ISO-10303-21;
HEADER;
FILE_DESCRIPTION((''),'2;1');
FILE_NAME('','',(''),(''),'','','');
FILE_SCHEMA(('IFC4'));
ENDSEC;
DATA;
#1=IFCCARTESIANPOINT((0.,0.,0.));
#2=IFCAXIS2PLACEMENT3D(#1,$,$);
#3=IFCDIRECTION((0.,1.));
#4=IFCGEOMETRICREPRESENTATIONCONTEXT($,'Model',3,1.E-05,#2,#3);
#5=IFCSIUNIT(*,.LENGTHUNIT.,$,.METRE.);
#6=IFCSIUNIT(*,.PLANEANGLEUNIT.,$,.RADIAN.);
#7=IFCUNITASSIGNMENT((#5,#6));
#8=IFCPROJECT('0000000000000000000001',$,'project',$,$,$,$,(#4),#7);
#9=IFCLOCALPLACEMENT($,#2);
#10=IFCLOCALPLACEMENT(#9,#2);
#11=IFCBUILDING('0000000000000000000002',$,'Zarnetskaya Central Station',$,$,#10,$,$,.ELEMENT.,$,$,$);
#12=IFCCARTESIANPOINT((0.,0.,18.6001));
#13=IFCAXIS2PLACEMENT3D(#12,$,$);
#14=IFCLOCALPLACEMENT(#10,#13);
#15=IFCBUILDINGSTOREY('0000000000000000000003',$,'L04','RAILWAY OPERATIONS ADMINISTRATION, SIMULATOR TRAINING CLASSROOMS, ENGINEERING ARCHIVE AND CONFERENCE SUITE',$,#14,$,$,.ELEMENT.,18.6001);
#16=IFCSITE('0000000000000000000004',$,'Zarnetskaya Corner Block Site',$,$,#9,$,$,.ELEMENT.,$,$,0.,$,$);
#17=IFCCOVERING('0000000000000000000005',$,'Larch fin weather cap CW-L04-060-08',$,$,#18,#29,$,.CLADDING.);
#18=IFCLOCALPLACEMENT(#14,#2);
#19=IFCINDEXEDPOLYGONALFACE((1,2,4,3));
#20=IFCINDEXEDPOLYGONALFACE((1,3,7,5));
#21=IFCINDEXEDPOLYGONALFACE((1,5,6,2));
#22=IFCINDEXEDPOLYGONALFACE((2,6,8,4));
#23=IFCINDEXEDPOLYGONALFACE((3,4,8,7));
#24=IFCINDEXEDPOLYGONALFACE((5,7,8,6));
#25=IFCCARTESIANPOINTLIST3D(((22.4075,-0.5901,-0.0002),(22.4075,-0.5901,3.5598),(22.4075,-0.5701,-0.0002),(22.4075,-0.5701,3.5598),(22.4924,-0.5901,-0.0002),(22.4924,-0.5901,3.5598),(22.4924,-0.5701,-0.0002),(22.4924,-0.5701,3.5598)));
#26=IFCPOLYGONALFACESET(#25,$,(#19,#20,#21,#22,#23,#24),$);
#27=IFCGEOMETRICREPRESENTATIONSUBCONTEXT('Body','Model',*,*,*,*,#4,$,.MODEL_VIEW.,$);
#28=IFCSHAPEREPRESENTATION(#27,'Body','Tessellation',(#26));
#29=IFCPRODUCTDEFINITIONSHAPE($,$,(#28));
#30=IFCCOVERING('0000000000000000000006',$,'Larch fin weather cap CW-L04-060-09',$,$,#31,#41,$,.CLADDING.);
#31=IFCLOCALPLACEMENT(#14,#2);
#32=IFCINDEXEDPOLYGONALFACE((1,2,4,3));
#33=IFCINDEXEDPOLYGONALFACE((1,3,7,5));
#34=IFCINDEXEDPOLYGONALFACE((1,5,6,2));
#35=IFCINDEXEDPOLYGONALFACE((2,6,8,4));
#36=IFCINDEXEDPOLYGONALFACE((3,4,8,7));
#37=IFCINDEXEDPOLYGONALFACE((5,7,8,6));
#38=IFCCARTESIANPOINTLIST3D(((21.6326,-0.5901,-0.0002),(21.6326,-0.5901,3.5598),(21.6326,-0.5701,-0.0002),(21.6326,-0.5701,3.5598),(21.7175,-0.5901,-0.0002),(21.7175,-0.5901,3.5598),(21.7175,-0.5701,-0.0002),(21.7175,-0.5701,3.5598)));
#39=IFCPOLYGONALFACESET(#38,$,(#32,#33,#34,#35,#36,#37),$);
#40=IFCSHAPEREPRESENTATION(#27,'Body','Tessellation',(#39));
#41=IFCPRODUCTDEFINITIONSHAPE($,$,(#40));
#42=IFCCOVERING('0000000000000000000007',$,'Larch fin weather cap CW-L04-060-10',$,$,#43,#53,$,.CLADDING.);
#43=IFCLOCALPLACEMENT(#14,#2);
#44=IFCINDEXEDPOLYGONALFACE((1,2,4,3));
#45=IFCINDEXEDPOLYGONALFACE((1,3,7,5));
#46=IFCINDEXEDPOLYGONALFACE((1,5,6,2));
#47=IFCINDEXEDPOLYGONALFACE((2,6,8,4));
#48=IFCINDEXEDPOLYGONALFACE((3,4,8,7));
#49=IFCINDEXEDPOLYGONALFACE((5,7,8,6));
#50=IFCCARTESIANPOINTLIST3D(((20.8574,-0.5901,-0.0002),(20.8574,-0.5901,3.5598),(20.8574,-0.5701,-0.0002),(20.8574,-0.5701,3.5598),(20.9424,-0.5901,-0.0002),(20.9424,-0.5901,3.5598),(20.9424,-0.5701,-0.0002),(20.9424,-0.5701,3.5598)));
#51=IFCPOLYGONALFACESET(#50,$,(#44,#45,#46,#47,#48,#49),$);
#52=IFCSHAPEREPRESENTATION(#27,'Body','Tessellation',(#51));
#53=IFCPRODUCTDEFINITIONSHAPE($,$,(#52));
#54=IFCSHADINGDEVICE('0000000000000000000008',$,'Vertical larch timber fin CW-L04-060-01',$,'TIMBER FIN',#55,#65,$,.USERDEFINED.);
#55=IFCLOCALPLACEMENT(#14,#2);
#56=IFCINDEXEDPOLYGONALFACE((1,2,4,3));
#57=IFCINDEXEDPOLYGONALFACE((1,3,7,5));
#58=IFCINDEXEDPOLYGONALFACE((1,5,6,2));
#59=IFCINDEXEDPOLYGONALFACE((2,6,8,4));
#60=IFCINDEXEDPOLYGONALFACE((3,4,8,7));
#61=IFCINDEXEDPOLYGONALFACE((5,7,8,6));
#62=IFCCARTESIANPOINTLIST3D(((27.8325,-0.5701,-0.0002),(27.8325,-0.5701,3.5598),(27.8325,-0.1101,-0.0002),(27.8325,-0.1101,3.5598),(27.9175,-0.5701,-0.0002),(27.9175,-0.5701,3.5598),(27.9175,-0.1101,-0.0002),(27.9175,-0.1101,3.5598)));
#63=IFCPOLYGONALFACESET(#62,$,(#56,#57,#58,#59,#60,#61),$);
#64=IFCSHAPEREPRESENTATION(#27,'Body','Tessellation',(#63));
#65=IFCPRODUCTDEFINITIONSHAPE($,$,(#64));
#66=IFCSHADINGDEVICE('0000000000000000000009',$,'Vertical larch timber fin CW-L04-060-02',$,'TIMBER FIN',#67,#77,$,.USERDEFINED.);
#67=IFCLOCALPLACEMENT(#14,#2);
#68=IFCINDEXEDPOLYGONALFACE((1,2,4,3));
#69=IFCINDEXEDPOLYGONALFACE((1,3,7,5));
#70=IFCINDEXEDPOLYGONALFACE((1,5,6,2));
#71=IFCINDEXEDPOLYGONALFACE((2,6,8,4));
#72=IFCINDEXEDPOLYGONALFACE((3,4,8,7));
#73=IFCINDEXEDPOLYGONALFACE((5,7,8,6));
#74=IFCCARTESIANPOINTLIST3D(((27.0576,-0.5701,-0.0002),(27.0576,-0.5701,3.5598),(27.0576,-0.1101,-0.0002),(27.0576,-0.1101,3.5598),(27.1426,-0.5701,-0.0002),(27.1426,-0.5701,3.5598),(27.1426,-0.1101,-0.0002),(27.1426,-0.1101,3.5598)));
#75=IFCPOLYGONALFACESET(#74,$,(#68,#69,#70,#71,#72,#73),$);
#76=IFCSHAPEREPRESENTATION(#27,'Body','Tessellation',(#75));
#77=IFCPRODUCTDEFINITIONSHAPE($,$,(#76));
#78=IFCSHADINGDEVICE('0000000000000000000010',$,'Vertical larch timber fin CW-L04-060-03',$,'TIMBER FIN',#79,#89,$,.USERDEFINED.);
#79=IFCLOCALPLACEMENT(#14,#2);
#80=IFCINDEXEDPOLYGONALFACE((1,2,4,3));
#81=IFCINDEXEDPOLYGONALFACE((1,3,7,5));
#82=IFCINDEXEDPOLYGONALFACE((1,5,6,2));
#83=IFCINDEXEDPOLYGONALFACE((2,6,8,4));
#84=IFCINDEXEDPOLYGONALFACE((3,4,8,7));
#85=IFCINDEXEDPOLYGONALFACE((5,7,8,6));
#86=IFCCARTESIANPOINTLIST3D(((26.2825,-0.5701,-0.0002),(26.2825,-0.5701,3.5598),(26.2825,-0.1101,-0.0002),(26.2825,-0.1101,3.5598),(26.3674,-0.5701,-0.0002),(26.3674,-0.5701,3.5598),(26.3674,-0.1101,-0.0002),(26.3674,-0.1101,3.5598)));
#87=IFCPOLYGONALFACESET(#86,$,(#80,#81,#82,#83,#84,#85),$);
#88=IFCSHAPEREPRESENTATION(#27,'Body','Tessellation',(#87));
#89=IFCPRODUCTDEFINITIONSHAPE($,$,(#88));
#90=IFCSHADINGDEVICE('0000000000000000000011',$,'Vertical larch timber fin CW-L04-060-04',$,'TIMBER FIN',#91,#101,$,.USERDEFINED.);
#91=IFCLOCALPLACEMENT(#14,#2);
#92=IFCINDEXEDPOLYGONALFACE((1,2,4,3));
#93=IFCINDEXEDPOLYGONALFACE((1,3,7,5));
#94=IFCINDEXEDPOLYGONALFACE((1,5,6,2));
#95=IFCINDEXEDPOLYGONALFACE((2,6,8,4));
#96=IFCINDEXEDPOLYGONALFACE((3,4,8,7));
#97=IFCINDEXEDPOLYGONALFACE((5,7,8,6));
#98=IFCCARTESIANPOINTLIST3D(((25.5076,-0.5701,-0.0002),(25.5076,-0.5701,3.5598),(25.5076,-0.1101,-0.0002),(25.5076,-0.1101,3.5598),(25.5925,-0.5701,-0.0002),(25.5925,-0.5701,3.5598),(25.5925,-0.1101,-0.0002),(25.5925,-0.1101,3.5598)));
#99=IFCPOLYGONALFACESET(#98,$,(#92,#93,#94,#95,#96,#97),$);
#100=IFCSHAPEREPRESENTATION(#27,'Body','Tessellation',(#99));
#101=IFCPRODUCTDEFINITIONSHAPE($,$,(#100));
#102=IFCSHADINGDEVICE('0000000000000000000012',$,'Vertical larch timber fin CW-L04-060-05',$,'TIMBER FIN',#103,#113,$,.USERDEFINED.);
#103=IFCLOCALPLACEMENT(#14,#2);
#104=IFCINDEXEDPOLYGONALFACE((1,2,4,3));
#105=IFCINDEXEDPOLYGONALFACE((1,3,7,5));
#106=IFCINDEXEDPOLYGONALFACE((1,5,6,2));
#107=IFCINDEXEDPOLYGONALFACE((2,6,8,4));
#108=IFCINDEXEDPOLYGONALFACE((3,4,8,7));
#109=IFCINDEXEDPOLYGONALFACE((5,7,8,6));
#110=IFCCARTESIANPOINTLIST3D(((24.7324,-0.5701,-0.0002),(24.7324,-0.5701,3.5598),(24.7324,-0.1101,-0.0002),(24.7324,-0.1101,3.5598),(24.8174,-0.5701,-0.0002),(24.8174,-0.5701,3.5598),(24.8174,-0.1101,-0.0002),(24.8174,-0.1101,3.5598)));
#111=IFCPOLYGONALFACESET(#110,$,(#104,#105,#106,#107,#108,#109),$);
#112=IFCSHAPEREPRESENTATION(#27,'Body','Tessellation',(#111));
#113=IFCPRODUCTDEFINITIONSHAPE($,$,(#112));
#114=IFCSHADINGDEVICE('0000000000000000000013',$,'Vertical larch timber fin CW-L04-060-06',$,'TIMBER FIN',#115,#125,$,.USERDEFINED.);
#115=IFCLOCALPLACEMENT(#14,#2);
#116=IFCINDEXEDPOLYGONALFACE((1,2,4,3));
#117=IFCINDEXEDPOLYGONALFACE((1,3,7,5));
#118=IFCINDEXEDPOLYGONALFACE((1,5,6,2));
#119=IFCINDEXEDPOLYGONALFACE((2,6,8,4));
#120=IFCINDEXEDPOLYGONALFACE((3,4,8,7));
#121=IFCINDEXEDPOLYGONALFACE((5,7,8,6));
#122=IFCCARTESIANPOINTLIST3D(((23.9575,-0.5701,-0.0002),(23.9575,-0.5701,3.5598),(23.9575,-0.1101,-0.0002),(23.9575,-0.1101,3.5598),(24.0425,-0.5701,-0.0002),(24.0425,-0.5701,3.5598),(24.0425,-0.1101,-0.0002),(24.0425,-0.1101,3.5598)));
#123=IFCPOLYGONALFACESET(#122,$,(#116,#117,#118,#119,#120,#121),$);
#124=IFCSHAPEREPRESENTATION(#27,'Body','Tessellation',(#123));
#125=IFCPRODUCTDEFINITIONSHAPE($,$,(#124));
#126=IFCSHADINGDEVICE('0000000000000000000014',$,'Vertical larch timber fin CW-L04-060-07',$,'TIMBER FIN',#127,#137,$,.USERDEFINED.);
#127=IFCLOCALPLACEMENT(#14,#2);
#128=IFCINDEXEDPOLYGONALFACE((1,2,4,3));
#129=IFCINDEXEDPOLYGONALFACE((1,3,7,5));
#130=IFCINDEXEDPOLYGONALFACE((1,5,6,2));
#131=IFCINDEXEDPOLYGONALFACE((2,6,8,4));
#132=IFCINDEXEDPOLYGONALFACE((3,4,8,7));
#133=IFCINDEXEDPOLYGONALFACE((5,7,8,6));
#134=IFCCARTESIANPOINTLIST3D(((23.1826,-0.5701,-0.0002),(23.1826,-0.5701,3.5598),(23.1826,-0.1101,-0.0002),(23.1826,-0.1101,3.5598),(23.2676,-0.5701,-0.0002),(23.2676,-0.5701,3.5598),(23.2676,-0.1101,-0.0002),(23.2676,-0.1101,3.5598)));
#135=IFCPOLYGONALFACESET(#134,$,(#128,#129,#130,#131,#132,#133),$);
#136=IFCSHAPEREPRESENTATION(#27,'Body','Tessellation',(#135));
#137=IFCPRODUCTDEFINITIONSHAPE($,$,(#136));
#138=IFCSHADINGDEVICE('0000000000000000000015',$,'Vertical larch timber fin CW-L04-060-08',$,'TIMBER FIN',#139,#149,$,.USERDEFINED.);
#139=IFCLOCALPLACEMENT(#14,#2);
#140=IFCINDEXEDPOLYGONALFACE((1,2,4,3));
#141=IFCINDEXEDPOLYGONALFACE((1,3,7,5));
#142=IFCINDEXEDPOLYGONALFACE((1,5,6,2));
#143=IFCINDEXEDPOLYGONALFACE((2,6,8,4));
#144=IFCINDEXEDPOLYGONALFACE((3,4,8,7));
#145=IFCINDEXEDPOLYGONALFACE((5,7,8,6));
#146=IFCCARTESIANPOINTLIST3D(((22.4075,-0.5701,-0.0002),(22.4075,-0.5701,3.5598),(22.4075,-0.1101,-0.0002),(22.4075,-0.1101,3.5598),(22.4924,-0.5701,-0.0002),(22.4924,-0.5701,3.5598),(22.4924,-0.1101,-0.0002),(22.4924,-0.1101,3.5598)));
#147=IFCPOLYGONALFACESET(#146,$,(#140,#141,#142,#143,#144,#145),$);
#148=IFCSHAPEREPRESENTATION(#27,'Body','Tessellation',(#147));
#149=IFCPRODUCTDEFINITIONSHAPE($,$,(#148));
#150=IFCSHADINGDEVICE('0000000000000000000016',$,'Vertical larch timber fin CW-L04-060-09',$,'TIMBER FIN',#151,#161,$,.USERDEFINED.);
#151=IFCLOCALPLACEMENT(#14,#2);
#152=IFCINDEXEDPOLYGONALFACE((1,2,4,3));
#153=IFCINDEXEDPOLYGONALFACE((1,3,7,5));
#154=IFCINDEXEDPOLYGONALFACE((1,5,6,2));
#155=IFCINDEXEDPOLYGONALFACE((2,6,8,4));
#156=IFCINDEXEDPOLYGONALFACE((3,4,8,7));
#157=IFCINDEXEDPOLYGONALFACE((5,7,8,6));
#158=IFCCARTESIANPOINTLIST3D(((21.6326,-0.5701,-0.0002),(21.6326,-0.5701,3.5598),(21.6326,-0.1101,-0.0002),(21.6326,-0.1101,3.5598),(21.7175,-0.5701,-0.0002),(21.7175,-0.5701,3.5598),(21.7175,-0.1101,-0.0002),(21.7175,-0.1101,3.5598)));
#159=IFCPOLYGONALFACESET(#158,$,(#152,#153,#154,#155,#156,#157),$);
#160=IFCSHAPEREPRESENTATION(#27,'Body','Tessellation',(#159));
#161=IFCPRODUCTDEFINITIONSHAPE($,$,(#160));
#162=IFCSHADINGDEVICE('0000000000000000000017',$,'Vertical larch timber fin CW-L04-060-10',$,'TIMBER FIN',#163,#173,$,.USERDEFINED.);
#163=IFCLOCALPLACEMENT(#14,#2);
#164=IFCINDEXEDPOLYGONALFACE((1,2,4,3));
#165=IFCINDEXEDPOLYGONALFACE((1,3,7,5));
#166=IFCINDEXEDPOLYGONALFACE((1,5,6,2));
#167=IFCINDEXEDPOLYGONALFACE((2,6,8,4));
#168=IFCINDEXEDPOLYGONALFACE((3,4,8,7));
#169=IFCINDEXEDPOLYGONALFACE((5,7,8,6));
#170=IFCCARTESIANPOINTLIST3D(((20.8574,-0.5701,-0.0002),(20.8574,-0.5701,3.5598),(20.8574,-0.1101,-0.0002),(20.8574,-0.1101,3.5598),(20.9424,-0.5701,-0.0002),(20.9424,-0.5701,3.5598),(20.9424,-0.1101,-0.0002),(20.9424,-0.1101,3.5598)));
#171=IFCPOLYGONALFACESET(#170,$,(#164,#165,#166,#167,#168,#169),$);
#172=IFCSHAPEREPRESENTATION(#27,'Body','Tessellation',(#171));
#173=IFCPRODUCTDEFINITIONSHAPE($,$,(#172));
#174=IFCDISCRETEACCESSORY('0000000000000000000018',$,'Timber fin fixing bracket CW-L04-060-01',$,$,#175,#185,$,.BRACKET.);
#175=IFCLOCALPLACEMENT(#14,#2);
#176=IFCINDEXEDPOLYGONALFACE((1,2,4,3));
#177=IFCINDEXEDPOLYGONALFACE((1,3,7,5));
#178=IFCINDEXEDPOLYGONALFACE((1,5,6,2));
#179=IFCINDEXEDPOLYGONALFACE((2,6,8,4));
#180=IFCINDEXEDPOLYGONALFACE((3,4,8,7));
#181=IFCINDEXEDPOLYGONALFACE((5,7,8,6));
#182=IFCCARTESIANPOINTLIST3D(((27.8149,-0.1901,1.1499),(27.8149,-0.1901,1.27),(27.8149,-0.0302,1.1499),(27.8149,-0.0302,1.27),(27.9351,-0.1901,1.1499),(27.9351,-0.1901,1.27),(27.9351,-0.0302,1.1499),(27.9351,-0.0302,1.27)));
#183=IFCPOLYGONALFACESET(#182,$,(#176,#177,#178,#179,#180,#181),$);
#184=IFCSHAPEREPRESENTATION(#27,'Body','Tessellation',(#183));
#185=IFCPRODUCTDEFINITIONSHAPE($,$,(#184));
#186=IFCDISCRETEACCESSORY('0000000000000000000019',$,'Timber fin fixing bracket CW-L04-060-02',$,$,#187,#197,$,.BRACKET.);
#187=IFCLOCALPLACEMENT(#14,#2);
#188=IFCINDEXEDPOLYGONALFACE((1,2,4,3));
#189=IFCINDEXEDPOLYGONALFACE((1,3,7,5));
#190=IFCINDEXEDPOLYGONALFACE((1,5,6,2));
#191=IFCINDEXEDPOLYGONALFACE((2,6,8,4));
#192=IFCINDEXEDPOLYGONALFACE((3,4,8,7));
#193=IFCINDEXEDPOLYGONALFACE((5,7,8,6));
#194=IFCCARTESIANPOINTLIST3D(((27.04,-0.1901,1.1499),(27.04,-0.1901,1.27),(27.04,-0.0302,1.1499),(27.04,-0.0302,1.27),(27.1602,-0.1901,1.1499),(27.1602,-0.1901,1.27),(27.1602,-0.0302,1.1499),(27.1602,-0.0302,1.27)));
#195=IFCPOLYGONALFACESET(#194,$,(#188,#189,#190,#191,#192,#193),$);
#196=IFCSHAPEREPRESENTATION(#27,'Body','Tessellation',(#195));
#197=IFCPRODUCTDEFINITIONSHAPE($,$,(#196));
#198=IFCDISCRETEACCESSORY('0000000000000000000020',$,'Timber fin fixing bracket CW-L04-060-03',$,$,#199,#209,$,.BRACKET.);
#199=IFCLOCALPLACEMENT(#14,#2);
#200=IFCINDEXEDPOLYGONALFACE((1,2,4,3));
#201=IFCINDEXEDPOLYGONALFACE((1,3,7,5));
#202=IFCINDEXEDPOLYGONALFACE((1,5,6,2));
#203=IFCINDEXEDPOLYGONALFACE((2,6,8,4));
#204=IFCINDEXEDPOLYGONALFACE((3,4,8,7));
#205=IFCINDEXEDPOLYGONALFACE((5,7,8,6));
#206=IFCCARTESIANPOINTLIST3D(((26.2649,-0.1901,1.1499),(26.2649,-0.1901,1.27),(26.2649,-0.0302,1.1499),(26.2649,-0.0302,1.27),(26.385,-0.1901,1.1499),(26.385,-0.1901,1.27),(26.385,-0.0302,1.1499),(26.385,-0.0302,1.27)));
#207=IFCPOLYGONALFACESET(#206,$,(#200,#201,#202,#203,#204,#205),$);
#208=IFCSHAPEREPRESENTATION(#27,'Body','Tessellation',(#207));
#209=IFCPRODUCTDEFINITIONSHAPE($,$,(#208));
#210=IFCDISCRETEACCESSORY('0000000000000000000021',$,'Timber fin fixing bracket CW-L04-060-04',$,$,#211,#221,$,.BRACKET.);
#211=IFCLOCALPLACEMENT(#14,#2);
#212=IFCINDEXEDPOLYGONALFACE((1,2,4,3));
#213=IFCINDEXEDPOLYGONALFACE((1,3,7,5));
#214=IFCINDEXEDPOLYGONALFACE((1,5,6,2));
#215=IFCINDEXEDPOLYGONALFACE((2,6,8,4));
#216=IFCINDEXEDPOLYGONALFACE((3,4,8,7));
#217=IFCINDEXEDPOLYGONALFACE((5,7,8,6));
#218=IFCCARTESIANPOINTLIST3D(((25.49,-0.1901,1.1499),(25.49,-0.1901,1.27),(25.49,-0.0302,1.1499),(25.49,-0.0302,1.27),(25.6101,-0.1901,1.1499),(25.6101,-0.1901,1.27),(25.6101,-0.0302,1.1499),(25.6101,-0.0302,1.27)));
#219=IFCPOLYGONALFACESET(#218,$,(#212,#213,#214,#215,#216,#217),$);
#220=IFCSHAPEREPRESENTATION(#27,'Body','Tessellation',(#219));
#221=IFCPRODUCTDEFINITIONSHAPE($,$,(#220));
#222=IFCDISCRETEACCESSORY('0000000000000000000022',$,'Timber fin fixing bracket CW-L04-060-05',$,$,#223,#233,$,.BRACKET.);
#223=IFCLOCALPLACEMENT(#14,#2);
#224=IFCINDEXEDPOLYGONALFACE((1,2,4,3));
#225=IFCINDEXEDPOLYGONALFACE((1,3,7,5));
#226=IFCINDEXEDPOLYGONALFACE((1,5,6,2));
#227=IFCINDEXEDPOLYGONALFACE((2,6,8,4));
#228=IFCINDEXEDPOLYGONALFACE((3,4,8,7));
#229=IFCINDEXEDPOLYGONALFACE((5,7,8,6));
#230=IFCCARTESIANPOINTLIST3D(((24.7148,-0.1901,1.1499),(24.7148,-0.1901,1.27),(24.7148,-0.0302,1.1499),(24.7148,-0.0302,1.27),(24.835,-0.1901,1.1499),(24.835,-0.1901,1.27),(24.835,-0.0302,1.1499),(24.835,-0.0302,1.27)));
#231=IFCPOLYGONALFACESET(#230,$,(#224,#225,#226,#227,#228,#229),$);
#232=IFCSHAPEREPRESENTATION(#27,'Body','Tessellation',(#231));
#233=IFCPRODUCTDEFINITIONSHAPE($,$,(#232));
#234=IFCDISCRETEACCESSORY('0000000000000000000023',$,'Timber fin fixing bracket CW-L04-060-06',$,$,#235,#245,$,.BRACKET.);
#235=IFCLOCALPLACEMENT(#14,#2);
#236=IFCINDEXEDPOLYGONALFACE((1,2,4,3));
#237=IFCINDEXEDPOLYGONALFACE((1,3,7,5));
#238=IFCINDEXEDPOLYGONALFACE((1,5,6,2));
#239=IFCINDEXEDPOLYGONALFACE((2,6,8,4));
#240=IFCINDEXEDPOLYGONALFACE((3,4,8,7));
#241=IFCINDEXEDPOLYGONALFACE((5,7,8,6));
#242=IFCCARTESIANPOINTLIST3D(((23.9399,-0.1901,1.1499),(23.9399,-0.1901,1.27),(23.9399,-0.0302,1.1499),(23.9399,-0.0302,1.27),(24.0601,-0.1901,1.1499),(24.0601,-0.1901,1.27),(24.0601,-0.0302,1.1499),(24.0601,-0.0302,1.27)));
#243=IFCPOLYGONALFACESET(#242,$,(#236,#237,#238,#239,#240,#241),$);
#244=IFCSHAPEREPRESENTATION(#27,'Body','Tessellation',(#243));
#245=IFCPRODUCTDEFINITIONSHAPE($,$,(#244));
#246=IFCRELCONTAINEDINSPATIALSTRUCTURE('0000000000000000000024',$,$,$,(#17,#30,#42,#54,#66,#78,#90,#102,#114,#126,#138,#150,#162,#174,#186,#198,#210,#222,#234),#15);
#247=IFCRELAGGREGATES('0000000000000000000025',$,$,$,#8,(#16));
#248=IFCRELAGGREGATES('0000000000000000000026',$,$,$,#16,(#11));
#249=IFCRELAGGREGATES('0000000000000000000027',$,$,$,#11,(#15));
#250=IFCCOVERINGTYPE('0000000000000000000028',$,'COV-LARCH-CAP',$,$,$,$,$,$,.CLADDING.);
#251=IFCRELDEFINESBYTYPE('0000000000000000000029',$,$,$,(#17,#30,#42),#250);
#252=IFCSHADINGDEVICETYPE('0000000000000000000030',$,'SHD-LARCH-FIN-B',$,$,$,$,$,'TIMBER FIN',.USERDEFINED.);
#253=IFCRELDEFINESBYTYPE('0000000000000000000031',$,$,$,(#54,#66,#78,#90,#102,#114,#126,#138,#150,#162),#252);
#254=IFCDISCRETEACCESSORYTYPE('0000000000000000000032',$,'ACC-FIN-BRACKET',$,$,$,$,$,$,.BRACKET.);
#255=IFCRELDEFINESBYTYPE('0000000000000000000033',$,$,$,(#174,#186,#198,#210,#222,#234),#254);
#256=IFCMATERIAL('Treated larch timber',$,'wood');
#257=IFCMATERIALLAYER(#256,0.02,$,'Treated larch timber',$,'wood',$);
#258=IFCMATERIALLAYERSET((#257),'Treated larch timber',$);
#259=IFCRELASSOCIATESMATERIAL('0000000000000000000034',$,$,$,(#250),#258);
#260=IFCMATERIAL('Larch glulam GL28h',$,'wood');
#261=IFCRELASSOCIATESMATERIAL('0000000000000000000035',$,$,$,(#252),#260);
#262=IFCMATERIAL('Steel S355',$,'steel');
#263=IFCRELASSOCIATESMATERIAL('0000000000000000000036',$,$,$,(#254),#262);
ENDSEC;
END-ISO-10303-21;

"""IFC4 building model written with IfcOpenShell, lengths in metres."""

from ifc_helpers import new_model, si_unit, direction, frame, origin, origin_2d, place, context, subcontext, project, spatial, rectangle, extrude, material, layer, layer_set, type_object, element, save


model = new_model("IFC4")

# Units and contexts
model_context = context("Model", 3, precision=1e-05, world=origin(), true_north=direction((0.0, 1.0)))
body_context = subcontext(model_context, "Body", "Model", "MODEL_VIEW")
ifc_project = project(units=[si_unit("LENGTHUNIT", "METRE"), si_unit("PLANEANGLEUNIT", "RADIAN")], contexts=[model_context])

# Site, building, storey
site_placement = place(None, origin())
site = spatial("IfcSite", under=ifc_project, at=site_placement, Name="Zarnetskaya Corner Block Site", CompositionType="ELEMENT", RefElevation=0.0)
building_placement = place(site_placement, origin())
building = spatial("IfcBuilding", under=site, at=building_placement, Name="Zarnetskaya Central Station", CompositionType="ELEMENT")
storey_placement = place(building_placement, frame((0.0, 0.0, 18.6001)))
storey = spatial("IfcBuildingStorey", under=building, at=storey_placement, Name="L04", Description="RAILWAY OPERATIONS ADMINISTRATION, SIMULATOR TRAINING CLASSROOMS, ENGINEERING ARCHIVE AND CONFERENCE SUITE", CompositionType="ELEMENT", Elevation=18.6001)

# Coverings
ifc_material_1 = material(Name="Treated larch timber", Category="wood")
ifc_layer_1 = layer(ifc_material_1, 0.02, Name="Treated larch timber", Category="wood")
ifc_layer_set_1 = layer_set([ifc_layer_1], Name="Treated larch timber")
covering_type = type_object("IfcCoveringType", Name="COV-LARCH-CAP", PredefinedType="CLADDING", material=ifc_layer_set_1)
for number, where, z_axis, x_axis, name in (
    (1, (22.45, -0.5801, -0.0002), (0.0, 0.0, 1.0), (-1.0, 0.0, 0.0), "Larch fin weather cap CW-L04-060-08"),
    (2, (21.675, -0.5801, -0.0002), (0.0, 0.0, 1.0), (-1.0, 0.0, 0.0), "Larch fin weather cap CW-L04-060-09"),
    (3, (20.8999, -0.5801, -0.0002), (0.0, 0.0, 1.0), (-1.0, 0.0, 0.0), "Larch fin weather cap CW-L04-060-10"),
):
    element("IfcCovering", number, at=place(storey_placement, frame(where, z_axis=z_axis, x_axis=x_axis)), inside=storey, type_object=covering_type, Name=name, PredefinedType="CLADDING", context=body_context, shape_type="SweptSolid", body=[
        extrude(rectangle(XDim=0.085, YDim=0.02, at=origin_2d()), origin(), (0.0, 0.0, 1.0), 3.5601),
    ])

# Shading devices
ifc_material_2 = material(Name="Larch glulam GL28h", Category="wood")
shading_device_type = type_object("IfcShadingDeviceType", Name="SHD-LARCH-FIN-B", ElementType="TIMBER FIN", PredefinedType="USERDEFINED", material=ifc_material_2)
for number, where, z_axis, x_axis, name in (
    (4, (27.875, -0.3401, -0.0002), (0.0, 0.0, 1.0), (-1.0, 0.0, 0.0), "Vertical larch timber fin CW-L04-060-01"),
    (5, (27.1001, -0.3401, -0.0002), (0.0, 0.0, 1.0), (-1.0, 0.0, 0.0), "Vertical larch timber fin CW-L04-060-02"),
    (6, (26.325, -0.3401, -0.0002), (0.0, 0.0, 1.0), (-1.0, 0.0, 0.0), "Vertical larch timber fin CW-L04-060-03"),
    (7, (25.55, -0.3401, -0.0002), (0.0, 0.0, 1.0), (-1.0, 0.0, 0.0), "Vertical larch timber fin CW-L04-060-04"),
    (8, (24.7749, -0.3401, -0.0002), (0.0, 0.0, 1.0), (-1.0, 0.0, 0.0), "Vertical larch timber fin CW-L04-060-05"),
    (9, (24.0, -0.3401, -0.0002), (0.0, 0.0, 1.0), (-1.0, 0.0, 0.0), "Vertical larch timber fin CW-L04-060-06"),
    (10, (23.2251, -0.3401, -0.0002), (0.0, 0.0, 1.0), (-1.0, 0.0, 0.0), "Vertical larch timber fin CW-L04-060-07"),
    (11, (22.45, -0.3401, -0.0002), (0.0, 0.0, 1.0), (-1.0, 0.0, 0.0), "Vertical larch timber fin CW-L04-060-08"),
    (12, (21.675, -0.3401, -0.0002), (0.0, 0.0, 1.0), (-1.0, 0.0, 0.0), "Vertical larch timber fin CW-L04-060-09"),
    (13, (20.8999, -0.3401, -0.0002), (0.0, 0.0, 1.0), (-1.0, 0.0, 0.0), "Vertical larch timber fin CW-L04-060-10"),
):
    element("IfcShadingDevice", number, at=place(storey_placement, frame(where, z_axis=z_axis, x_axis=x_axis)), inside=storey, type_object=shading_device_type, Name=name, ObjectType="TIMBER FIN", PredefinedType="USERDEFINED", context=body_context, shape_type="SweptSolid", body=[
        extrude(rectangle(XDim=0.085, YDim=0.46, at=origin_2d()), origin(), (0.0, 0.0, 1.0), 3.5601),
    ])

# Discrete accessories
ifc_material_3 = material(Name="Steel S355", Category="steel")
discrete_accessory_type = type_object("IfcDiscreteAccessoryType", Name="ACC-FIN-BRACKET", PredefinedType="BRACKET", material=ifc_material_3)
for number, where, z_axis, x_axis, name in (
    (14, (27.875, -0.1101, 1.1499), (0.0, 0.0, 1.0), (-1.0, 0.0, 0.0), "Timber fin fixing bracket CW-L04-060-01"),
    (15, (27.1001, -0.1101, 1.1499), (0.0, 0.0, 1.0), (-1.0, 0.0, 0.0), "Timber fin fixing bracket CW-L04-060-02"),
    (16, (26.325, -0.1101, 1.1499), (0.0, 0.0, 1.0), (-1.0, 0.0, 0.0), "Timber fin fixing bracket CW-L04-060-03"),
    (17, (25.55, -0.1101, 1.1499), (0.0, 0.0, 1.0), (-1.0, 0.0, 0.0), "Timber fin fixing bracket CW-L04-060-04"),
    (18, (24.7749, -0.1101, 1.1499), (0.0, 0.0, 1.0), (-1.0, 0.0, 0.0), "Timber fin fixing bracket CW-L04-060-05"),
    (19, (24.0, -0.1101, 1.1499), (0.0, 0.0, 1.0), (-1.0, 0.0, 0.0), "Timber fin fixing bracket CW-L04-060-06"),
):
    element("IfcDiscreteAccessory", number, at=place(storey_placement, frame(where, z_axis=z_axis, x_axis=x_axis)), inside=storey, type_object=discrete_accessory_type, Name=name, PredefinedType="BRACKET", context=body_context, shape_type="SweptSolid", body=[
        extrude(rectangle(XDim=0.1201, YDim=0.1599, at=origin_2d()), origin(), (0.0, 0.0, 1.0), 0.1201),
    ])

save(model, "model.ifc")
